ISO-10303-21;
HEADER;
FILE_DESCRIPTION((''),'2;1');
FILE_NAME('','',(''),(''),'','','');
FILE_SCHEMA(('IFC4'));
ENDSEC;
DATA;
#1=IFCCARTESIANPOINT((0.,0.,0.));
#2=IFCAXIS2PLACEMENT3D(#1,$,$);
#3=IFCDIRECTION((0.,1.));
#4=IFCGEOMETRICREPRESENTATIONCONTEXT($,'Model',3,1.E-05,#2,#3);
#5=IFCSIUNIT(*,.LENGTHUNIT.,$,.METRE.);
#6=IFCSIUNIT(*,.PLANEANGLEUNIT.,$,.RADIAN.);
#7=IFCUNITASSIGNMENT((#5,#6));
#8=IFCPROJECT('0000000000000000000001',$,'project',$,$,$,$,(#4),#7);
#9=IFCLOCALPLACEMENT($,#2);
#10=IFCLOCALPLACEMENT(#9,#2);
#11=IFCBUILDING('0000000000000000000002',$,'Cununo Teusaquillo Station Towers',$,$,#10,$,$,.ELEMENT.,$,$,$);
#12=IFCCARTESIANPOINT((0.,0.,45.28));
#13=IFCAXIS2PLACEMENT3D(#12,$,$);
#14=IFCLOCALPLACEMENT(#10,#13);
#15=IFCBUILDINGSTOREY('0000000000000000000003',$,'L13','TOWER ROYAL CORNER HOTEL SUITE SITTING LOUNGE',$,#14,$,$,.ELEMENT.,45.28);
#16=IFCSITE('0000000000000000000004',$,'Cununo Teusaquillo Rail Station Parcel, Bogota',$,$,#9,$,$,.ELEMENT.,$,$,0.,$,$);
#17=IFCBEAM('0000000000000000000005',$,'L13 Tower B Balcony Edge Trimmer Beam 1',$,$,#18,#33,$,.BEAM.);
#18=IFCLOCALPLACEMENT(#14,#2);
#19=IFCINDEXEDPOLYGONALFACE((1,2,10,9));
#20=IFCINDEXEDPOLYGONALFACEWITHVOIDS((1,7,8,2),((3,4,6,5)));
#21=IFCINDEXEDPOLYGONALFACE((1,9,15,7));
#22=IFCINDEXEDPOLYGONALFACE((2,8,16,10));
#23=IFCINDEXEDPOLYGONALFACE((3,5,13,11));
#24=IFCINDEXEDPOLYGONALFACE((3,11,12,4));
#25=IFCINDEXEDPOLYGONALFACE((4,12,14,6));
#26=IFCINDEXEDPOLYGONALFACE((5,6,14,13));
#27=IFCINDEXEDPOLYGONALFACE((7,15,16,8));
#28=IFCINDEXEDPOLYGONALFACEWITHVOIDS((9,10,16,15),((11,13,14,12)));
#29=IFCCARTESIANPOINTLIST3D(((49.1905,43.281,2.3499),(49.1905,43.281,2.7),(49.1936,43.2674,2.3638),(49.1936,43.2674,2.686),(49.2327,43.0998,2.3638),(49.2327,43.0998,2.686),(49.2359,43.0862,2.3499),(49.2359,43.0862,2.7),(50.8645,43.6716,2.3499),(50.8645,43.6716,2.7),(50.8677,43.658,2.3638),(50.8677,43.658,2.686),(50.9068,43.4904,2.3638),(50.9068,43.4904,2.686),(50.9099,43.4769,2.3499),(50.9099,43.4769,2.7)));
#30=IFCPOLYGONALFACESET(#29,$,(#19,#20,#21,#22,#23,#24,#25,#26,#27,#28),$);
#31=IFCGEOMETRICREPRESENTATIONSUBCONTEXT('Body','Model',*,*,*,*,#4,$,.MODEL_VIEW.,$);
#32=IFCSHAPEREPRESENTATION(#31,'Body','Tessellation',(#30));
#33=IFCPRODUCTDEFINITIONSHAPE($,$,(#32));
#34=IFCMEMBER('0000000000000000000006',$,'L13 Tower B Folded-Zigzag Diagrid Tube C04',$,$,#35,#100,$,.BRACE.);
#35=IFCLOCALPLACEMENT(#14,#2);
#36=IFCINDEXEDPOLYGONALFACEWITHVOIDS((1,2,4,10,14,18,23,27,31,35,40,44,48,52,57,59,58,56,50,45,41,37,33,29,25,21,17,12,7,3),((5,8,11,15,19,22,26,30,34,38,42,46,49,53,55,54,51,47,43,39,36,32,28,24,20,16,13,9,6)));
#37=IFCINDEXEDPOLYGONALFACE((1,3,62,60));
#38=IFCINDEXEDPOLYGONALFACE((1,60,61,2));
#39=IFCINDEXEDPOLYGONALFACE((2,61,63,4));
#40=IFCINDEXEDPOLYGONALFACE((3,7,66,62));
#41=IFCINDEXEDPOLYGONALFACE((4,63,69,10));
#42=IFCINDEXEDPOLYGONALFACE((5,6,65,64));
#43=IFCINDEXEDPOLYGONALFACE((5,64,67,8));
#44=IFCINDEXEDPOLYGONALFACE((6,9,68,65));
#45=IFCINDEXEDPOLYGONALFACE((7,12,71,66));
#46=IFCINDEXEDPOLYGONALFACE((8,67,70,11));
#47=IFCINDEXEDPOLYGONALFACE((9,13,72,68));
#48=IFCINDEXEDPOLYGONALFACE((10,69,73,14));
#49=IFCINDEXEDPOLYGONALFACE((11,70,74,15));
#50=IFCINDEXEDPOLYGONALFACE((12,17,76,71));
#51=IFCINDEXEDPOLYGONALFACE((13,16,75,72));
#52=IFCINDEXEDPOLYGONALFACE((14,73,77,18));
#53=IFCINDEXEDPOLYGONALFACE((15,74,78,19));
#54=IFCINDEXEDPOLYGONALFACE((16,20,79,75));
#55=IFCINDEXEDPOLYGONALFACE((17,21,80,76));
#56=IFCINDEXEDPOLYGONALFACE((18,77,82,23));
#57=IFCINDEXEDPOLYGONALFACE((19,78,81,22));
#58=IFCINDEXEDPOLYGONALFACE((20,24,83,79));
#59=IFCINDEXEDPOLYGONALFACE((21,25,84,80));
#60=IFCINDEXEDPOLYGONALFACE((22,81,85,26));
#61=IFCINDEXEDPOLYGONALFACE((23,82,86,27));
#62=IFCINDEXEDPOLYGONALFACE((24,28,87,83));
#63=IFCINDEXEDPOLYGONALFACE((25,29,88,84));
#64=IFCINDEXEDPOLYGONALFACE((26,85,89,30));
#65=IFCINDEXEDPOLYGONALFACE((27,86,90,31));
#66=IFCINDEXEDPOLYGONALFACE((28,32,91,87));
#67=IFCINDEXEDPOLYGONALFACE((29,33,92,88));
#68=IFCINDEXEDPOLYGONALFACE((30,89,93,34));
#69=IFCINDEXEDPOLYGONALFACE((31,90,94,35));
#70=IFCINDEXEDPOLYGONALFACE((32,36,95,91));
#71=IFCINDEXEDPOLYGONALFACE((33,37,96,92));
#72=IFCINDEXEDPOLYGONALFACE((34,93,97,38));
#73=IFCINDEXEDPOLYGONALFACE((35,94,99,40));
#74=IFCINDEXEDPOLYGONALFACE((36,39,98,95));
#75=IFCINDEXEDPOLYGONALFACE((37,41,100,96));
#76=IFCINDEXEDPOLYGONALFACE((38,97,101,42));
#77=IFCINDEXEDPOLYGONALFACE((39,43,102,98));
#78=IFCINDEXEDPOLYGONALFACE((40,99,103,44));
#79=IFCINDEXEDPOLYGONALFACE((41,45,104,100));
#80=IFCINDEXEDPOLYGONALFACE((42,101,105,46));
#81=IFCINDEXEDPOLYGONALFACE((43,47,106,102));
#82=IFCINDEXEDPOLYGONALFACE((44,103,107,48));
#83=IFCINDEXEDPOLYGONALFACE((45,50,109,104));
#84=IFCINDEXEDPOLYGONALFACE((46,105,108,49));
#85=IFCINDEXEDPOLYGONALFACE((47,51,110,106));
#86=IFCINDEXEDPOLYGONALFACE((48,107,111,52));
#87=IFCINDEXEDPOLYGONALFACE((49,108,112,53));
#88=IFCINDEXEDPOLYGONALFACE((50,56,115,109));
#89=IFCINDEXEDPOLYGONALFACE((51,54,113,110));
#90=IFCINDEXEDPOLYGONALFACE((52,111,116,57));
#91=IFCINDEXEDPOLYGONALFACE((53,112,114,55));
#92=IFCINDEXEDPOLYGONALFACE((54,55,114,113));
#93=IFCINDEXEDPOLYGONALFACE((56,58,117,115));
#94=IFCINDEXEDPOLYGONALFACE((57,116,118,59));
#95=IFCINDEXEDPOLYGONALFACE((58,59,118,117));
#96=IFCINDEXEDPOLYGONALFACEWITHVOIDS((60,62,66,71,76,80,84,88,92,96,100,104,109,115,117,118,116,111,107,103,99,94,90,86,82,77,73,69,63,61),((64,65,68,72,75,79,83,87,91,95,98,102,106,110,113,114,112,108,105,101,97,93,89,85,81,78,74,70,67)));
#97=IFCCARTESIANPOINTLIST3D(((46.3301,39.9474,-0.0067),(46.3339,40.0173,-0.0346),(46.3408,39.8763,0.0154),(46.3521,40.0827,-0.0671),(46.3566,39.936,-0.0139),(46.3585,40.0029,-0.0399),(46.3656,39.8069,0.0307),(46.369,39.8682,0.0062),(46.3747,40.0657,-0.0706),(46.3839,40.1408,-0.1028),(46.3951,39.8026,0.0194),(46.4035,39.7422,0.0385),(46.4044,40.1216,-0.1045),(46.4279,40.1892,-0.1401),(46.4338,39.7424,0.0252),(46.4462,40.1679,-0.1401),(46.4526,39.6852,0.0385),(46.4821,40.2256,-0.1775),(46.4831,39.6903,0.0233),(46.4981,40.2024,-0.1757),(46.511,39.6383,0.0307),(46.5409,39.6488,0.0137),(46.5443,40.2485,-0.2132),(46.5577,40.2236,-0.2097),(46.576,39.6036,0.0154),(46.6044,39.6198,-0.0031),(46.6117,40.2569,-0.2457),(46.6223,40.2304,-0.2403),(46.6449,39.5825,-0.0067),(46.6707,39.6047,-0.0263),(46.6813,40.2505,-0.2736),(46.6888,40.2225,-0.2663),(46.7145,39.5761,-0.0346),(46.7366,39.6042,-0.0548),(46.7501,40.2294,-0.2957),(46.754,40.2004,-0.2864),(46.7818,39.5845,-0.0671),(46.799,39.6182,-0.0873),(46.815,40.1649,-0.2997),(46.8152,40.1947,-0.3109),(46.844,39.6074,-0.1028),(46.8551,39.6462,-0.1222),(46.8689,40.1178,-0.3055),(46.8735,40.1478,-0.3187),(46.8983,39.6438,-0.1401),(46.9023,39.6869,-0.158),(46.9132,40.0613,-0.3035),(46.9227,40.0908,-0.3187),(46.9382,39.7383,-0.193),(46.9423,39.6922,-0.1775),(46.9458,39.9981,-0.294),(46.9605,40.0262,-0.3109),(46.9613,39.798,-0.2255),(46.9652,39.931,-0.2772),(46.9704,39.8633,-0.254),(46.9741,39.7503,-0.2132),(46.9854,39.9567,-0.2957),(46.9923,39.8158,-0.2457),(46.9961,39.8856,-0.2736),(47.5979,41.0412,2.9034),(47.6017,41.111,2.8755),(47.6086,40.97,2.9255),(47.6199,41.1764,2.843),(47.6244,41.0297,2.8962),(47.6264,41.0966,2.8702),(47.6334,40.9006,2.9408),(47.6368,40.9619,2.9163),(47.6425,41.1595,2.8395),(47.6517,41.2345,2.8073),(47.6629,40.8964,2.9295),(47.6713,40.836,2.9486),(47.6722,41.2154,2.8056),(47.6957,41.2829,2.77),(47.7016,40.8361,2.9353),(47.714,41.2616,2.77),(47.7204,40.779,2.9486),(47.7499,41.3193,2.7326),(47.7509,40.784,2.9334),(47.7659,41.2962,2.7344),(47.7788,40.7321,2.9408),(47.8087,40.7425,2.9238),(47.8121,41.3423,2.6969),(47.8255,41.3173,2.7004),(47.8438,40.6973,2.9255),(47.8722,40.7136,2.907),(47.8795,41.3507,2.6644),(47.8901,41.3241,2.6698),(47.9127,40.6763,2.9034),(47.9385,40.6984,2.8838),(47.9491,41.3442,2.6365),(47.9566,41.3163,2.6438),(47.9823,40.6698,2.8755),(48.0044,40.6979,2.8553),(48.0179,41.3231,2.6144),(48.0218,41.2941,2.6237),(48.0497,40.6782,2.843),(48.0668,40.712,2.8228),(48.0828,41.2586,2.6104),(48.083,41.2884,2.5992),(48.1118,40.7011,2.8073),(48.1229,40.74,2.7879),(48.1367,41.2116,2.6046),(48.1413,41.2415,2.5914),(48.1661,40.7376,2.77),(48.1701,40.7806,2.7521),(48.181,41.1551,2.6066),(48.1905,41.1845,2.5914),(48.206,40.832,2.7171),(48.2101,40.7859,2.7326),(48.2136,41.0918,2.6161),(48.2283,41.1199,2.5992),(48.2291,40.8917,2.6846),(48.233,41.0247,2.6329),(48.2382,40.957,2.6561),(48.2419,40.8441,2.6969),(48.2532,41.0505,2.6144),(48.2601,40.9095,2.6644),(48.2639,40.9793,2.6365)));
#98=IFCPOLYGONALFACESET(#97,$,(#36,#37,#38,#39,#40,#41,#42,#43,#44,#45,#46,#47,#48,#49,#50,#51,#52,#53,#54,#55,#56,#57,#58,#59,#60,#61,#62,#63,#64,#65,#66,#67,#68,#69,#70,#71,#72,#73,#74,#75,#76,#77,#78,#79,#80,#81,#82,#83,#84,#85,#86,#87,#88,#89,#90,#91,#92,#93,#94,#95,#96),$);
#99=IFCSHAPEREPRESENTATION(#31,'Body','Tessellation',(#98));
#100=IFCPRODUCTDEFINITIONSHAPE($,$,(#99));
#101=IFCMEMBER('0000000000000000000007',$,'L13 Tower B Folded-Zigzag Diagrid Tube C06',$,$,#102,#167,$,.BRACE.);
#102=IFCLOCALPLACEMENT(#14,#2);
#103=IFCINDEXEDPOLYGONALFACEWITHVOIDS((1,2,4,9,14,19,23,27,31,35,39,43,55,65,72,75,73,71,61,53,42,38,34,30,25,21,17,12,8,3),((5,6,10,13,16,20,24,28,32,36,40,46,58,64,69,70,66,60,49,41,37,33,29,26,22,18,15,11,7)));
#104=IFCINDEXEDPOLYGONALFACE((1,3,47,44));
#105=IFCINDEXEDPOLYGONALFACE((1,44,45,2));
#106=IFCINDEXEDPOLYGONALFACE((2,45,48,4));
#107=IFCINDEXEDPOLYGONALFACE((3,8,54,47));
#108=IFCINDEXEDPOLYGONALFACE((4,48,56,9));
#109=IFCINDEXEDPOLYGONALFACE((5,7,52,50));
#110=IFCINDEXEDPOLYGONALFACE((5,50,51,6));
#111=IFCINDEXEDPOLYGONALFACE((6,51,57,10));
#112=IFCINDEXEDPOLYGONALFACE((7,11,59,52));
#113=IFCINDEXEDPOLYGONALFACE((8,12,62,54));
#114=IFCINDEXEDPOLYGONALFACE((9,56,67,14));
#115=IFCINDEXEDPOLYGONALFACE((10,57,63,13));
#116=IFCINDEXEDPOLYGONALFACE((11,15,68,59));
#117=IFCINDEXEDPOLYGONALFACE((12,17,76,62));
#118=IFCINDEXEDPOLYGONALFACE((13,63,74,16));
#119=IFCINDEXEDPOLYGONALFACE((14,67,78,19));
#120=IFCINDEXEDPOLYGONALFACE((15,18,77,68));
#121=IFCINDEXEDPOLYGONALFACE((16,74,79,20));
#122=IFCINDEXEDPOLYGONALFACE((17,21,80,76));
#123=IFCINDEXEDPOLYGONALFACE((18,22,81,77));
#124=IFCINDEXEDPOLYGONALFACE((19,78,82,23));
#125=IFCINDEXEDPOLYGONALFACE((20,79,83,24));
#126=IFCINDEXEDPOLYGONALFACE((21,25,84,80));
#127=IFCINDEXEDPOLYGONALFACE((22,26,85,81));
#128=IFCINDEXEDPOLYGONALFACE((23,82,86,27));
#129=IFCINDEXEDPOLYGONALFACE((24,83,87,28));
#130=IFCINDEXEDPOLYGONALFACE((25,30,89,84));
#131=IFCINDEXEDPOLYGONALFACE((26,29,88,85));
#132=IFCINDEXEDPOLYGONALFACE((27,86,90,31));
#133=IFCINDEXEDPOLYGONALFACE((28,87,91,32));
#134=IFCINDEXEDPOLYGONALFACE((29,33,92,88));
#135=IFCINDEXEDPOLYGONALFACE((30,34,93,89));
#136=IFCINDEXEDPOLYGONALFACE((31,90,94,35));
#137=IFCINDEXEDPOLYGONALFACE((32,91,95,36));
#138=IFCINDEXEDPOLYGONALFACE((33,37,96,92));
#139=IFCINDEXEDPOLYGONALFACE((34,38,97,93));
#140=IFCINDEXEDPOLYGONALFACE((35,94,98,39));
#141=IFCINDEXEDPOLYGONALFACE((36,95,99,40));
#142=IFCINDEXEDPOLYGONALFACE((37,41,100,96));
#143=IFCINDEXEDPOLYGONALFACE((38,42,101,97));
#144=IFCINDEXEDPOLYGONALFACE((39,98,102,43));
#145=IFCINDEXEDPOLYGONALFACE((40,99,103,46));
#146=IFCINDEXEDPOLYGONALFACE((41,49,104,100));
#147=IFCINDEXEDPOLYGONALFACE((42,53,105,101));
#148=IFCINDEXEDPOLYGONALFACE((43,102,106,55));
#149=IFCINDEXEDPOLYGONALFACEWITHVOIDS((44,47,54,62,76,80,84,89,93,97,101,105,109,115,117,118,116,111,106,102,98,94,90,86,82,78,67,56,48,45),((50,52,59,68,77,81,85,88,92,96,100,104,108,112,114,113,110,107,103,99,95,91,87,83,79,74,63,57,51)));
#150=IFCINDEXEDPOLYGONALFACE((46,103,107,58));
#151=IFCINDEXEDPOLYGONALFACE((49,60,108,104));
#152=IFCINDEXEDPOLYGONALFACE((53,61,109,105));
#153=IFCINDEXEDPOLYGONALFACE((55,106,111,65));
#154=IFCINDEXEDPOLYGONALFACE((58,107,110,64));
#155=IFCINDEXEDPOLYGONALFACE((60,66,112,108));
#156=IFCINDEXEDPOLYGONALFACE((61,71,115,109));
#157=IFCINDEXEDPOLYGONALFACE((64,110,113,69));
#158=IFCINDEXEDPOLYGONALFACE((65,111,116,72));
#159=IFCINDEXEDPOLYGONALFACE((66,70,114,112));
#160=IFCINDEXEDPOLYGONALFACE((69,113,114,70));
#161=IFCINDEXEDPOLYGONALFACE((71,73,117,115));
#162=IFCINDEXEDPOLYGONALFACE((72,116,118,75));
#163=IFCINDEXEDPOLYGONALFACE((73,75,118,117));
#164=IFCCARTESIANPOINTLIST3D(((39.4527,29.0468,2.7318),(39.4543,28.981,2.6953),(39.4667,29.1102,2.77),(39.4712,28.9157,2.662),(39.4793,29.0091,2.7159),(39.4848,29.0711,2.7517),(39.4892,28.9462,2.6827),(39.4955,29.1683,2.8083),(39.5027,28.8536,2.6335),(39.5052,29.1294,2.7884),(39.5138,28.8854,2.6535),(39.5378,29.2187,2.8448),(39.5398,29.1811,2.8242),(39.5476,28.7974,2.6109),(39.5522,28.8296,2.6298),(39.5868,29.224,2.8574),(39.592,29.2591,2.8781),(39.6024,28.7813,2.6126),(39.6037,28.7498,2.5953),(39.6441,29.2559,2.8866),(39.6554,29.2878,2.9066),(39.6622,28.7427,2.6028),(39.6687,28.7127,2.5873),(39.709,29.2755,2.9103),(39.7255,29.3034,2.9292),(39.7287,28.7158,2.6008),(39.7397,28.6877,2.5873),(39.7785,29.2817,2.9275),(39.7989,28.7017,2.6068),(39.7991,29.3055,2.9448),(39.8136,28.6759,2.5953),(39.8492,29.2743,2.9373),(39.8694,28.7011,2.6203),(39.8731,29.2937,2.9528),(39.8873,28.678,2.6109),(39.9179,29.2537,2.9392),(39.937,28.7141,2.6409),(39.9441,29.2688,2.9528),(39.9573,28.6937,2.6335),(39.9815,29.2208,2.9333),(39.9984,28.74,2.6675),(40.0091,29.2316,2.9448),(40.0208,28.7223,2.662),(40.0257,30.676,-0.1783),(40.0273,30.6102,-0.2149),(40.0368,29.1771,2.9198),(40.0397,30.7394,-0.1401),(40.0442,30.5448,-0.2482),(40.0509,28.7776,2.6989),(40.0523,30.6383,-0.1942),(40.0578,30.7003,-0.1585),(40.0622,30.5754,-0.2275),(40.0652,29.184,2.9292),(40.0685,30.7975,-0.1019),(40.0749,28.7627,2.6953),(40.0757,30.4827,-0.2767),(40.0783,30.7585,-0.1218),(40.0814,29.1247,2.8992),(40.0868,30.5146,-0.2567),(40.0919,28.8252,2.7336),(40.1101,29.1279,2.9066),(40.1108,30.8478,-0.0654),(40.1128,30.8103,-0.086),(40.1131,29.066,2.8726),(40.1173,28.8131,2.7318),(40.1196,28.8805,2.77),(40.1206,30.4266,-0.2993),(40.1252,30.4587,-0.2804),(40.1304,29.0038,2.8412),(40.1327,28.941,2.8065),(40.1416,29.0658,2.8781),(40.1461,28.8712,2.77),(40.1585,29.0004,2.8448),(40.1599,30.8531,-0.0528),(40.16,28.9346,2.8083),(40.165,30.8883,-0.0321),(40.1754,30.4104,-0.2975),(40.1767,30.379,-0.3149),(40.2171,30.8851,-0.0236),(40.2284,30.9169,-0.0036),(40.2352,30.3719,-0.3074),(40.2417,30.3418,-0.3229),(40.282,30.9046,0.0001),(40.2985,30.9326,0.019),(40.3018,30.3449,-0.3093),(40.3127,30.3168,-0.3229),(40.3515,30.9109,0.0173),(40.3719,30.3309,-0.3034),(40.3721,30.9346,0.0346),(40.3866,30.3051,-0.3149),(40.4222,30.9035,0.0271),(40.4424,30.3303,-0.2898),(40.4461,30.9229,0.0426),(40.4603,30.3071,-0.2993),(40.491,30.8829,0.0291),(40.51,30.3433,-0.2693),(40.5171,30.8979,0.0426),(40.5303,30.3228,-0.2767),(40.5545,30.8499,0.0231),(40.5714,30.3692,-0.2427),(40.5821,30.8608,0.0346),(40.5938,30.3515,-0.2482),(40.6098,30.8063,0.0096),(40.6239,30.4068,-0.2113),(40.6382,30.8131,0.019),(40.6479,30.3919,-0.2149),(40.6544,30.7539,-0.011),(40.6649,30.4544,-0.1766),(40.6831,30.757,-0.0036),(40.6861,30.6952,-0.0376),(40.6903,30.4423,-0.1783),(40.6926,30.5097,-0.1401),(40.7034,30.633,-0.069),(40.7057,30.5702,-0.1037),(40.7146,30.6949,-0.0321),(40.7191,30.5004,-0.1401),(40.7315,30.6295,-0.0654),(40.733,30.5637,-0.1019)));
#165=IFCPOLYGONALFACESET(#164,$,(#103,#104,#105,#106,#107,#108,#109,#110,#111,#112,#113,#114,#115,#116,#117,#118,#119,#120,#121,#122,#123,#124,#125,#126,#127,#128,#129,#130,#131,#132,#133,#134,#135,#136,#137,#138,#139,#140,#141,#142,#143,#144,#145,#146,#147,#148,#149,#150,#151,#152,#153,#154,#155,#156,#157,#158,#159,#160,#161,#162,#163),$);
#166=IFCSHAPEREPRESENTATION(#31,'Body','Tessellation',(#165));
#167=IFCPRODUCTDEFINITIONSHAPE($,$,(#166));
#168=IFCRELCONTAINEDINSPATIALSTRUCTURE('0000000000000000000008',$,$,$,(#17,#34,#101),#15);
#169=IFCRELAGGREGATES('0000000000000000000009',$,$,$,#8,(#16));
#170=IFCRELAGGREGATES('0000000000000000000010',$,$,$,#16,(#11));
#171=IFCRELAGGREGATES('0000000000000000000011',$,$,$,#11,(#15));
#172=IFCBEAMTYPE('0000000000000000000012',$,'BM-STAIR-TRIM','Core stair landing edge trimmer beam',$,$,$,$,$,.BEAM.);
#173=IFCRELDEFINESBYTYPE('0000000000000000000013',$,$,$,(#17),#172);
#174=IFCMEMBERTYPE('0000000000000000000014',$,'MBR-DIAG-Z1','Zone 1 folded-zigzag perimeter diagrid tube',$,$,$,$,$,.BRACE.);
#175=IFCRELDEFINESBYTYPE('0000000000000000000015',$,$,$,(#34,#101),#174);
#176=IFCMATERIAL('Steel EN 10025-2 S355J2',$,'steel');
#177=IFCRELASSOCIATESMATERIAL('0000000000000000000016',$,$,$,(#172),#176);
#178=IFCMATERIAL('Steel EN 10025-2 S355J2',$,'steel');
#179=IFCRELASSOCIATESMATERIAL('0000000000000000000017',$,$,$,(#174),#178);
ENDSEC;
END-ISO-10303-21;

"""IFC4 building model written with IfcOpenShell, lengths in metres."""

from ifc_helpers import new_model, si_unit, direction, frame, origin, origin_2d, place, context, subcontext, project, spatial, hollow_rectangle, hollow_circle, extrude, material, material_profile, profile_set, type_object, element, save


model = new_model("IFC4")

# Units and contexts
model_context = context("Model", 3, precision=1e-05, world=origin(), true_north=direction((0.0, 1.0)))
body_context = subcontext(model_context, "Body", "Model", "MODEL_VIEW")
ifc_project = project(units=[si_unit("LENGTHUNIT", "METRE"), si_unit("PLANEANGLEUNIT", "RADIAN")], contexts=[model_context])

# Site, building, storey
site_placement = place(None, origin())
site = spatial("IfcSite", under=ifc_project, at=site_placement, Name="Cununo Teusaquillo Rail Station Parcel, Bogota", CompositionType="ELEMENT", RefElevation=0.0)
building_placement = place(site_placement, origin())
building = spatial("IfcBuilding", under=site, at=building_placement, Name="Cununo Teusaquillo Station Towers", CompositionType="ELEMENT")
storey_placement = place(building_placement, frame((0.0, 0.0, 45.28)))
storey = spatial("IfcBuildingStorey", under=building, at=storey_placement, Name="L13", Description="TOWER ROYAL CORNER HOTEL SUITE SITTING LOUNGE", CompositionType="ELEMENT", Elevation=45.28)

# Beam
ifc_material_1 = material(Name="Steel EN 10025-2 S355J2", Category="steel")
ifc_material_profile_1 = material_profile(ifc_material_1, hollow_rectangle(XDim=0.2, YDim=0.3501, WallThickness=0.0139, at=origin_2d()), Name="RHS 350x200x14")
ifc_profile_set_1 = profile_set([ifc_material_profile_1], Name="Steel EN 10025-2 S355J2")
beam_type_1 = type_object("IfcBeamType", Name="BM-STAIR-TRIM", Description="Core stair landing edge trimmer beam", PredefinedType="BEAM", material=ifc_profile_set_1)
beam_1_placement = place(storey_placement, frame((50.8872, 43.5742, 2.5249), z_axis=(-0.97384, -0.227234, 0.0), x_axis=(0.227234, -0.97384, 0.0)))
element("IfcBeam", 1, at=beam_1_placement, inside=storey, type_object=beam_type_1, Name="L13 Tower B Balcony Edge Trimmer Beam 1", PredefinedType="BEAM", context=body_context, shape_type="SweptSolid", body=[
    extrude(hollow_rectangle(XDim=0.2, YDim=0.3501, WallThickness=0.0139, at=origin_2d()), origin(), (0.0, 0.0, 1.0), 1.719),
])

# Members
ifc_material_2 = material(Name="Steel EN 10025-2 S355J2", Category="steel")
ifc_material_profile_2 = material_profile(ifc_material_2, hollow_circle(Radius=0.3601, WallThickness=0.0281, at=origin_2d()), Name="CHS 720x28")
ifc_profile_set_2 = profile_set([ifc_material_profile_2], Name="Steel EN 10025-2 S355J2")
member_type = type_object("IfcMemberType", Name="MBR-DIAG-Z1", Description="Zone 1 folded-zigzag perimeter diagrid tube", PredefinedType="BRACE", material=ifc_profile_set_2)
member_1_placement = place(storey_placement, frame((46.6631, 39.9165, -0.1401), z_axis=(0.377611, 0.325765, 0.866768), x_axis=(-0.653214, 0.757174, 0.0)))
element("IfcMember", 2, at=member_1_placement, inside=storey, type_object=member_type, Name="L13 Tower B Folded-Zigzag Diagrid Tube C04", PredefinedType="BRACE", context=body_context, shape_type="SweptSolid", body=[
    extrude(hollow_circle(Radius=0.3601, WallThickness=0.0281, at=origin_2d()), origin(), (0.0, 0.0, 1.0), 3.3574),
])
member_2_placement = place(storey_placement, frame((40.3794, 30.6199, -0.1401), z_axis=(-0.169326, -0.481427, 0.859975), x_axis=(0.943353, -0.331792, 0.0)))
element("IfcMember", 3, at=member_2_placement, inside=storey, type_object=member_type, Name="L13 Tower B Folded-Zigzag Diagrid Tube C06", PredefinedType="BRACE", context=body_context, shape_type="SweptSolid", body=[
    extrude(hollow_circle(Radius=0.3601, WallThickness=0.0281, at=origin_2d()), origin(), (0.0, 0.0, 1.0), 3.384),
])

save(model, "model.ifc")
